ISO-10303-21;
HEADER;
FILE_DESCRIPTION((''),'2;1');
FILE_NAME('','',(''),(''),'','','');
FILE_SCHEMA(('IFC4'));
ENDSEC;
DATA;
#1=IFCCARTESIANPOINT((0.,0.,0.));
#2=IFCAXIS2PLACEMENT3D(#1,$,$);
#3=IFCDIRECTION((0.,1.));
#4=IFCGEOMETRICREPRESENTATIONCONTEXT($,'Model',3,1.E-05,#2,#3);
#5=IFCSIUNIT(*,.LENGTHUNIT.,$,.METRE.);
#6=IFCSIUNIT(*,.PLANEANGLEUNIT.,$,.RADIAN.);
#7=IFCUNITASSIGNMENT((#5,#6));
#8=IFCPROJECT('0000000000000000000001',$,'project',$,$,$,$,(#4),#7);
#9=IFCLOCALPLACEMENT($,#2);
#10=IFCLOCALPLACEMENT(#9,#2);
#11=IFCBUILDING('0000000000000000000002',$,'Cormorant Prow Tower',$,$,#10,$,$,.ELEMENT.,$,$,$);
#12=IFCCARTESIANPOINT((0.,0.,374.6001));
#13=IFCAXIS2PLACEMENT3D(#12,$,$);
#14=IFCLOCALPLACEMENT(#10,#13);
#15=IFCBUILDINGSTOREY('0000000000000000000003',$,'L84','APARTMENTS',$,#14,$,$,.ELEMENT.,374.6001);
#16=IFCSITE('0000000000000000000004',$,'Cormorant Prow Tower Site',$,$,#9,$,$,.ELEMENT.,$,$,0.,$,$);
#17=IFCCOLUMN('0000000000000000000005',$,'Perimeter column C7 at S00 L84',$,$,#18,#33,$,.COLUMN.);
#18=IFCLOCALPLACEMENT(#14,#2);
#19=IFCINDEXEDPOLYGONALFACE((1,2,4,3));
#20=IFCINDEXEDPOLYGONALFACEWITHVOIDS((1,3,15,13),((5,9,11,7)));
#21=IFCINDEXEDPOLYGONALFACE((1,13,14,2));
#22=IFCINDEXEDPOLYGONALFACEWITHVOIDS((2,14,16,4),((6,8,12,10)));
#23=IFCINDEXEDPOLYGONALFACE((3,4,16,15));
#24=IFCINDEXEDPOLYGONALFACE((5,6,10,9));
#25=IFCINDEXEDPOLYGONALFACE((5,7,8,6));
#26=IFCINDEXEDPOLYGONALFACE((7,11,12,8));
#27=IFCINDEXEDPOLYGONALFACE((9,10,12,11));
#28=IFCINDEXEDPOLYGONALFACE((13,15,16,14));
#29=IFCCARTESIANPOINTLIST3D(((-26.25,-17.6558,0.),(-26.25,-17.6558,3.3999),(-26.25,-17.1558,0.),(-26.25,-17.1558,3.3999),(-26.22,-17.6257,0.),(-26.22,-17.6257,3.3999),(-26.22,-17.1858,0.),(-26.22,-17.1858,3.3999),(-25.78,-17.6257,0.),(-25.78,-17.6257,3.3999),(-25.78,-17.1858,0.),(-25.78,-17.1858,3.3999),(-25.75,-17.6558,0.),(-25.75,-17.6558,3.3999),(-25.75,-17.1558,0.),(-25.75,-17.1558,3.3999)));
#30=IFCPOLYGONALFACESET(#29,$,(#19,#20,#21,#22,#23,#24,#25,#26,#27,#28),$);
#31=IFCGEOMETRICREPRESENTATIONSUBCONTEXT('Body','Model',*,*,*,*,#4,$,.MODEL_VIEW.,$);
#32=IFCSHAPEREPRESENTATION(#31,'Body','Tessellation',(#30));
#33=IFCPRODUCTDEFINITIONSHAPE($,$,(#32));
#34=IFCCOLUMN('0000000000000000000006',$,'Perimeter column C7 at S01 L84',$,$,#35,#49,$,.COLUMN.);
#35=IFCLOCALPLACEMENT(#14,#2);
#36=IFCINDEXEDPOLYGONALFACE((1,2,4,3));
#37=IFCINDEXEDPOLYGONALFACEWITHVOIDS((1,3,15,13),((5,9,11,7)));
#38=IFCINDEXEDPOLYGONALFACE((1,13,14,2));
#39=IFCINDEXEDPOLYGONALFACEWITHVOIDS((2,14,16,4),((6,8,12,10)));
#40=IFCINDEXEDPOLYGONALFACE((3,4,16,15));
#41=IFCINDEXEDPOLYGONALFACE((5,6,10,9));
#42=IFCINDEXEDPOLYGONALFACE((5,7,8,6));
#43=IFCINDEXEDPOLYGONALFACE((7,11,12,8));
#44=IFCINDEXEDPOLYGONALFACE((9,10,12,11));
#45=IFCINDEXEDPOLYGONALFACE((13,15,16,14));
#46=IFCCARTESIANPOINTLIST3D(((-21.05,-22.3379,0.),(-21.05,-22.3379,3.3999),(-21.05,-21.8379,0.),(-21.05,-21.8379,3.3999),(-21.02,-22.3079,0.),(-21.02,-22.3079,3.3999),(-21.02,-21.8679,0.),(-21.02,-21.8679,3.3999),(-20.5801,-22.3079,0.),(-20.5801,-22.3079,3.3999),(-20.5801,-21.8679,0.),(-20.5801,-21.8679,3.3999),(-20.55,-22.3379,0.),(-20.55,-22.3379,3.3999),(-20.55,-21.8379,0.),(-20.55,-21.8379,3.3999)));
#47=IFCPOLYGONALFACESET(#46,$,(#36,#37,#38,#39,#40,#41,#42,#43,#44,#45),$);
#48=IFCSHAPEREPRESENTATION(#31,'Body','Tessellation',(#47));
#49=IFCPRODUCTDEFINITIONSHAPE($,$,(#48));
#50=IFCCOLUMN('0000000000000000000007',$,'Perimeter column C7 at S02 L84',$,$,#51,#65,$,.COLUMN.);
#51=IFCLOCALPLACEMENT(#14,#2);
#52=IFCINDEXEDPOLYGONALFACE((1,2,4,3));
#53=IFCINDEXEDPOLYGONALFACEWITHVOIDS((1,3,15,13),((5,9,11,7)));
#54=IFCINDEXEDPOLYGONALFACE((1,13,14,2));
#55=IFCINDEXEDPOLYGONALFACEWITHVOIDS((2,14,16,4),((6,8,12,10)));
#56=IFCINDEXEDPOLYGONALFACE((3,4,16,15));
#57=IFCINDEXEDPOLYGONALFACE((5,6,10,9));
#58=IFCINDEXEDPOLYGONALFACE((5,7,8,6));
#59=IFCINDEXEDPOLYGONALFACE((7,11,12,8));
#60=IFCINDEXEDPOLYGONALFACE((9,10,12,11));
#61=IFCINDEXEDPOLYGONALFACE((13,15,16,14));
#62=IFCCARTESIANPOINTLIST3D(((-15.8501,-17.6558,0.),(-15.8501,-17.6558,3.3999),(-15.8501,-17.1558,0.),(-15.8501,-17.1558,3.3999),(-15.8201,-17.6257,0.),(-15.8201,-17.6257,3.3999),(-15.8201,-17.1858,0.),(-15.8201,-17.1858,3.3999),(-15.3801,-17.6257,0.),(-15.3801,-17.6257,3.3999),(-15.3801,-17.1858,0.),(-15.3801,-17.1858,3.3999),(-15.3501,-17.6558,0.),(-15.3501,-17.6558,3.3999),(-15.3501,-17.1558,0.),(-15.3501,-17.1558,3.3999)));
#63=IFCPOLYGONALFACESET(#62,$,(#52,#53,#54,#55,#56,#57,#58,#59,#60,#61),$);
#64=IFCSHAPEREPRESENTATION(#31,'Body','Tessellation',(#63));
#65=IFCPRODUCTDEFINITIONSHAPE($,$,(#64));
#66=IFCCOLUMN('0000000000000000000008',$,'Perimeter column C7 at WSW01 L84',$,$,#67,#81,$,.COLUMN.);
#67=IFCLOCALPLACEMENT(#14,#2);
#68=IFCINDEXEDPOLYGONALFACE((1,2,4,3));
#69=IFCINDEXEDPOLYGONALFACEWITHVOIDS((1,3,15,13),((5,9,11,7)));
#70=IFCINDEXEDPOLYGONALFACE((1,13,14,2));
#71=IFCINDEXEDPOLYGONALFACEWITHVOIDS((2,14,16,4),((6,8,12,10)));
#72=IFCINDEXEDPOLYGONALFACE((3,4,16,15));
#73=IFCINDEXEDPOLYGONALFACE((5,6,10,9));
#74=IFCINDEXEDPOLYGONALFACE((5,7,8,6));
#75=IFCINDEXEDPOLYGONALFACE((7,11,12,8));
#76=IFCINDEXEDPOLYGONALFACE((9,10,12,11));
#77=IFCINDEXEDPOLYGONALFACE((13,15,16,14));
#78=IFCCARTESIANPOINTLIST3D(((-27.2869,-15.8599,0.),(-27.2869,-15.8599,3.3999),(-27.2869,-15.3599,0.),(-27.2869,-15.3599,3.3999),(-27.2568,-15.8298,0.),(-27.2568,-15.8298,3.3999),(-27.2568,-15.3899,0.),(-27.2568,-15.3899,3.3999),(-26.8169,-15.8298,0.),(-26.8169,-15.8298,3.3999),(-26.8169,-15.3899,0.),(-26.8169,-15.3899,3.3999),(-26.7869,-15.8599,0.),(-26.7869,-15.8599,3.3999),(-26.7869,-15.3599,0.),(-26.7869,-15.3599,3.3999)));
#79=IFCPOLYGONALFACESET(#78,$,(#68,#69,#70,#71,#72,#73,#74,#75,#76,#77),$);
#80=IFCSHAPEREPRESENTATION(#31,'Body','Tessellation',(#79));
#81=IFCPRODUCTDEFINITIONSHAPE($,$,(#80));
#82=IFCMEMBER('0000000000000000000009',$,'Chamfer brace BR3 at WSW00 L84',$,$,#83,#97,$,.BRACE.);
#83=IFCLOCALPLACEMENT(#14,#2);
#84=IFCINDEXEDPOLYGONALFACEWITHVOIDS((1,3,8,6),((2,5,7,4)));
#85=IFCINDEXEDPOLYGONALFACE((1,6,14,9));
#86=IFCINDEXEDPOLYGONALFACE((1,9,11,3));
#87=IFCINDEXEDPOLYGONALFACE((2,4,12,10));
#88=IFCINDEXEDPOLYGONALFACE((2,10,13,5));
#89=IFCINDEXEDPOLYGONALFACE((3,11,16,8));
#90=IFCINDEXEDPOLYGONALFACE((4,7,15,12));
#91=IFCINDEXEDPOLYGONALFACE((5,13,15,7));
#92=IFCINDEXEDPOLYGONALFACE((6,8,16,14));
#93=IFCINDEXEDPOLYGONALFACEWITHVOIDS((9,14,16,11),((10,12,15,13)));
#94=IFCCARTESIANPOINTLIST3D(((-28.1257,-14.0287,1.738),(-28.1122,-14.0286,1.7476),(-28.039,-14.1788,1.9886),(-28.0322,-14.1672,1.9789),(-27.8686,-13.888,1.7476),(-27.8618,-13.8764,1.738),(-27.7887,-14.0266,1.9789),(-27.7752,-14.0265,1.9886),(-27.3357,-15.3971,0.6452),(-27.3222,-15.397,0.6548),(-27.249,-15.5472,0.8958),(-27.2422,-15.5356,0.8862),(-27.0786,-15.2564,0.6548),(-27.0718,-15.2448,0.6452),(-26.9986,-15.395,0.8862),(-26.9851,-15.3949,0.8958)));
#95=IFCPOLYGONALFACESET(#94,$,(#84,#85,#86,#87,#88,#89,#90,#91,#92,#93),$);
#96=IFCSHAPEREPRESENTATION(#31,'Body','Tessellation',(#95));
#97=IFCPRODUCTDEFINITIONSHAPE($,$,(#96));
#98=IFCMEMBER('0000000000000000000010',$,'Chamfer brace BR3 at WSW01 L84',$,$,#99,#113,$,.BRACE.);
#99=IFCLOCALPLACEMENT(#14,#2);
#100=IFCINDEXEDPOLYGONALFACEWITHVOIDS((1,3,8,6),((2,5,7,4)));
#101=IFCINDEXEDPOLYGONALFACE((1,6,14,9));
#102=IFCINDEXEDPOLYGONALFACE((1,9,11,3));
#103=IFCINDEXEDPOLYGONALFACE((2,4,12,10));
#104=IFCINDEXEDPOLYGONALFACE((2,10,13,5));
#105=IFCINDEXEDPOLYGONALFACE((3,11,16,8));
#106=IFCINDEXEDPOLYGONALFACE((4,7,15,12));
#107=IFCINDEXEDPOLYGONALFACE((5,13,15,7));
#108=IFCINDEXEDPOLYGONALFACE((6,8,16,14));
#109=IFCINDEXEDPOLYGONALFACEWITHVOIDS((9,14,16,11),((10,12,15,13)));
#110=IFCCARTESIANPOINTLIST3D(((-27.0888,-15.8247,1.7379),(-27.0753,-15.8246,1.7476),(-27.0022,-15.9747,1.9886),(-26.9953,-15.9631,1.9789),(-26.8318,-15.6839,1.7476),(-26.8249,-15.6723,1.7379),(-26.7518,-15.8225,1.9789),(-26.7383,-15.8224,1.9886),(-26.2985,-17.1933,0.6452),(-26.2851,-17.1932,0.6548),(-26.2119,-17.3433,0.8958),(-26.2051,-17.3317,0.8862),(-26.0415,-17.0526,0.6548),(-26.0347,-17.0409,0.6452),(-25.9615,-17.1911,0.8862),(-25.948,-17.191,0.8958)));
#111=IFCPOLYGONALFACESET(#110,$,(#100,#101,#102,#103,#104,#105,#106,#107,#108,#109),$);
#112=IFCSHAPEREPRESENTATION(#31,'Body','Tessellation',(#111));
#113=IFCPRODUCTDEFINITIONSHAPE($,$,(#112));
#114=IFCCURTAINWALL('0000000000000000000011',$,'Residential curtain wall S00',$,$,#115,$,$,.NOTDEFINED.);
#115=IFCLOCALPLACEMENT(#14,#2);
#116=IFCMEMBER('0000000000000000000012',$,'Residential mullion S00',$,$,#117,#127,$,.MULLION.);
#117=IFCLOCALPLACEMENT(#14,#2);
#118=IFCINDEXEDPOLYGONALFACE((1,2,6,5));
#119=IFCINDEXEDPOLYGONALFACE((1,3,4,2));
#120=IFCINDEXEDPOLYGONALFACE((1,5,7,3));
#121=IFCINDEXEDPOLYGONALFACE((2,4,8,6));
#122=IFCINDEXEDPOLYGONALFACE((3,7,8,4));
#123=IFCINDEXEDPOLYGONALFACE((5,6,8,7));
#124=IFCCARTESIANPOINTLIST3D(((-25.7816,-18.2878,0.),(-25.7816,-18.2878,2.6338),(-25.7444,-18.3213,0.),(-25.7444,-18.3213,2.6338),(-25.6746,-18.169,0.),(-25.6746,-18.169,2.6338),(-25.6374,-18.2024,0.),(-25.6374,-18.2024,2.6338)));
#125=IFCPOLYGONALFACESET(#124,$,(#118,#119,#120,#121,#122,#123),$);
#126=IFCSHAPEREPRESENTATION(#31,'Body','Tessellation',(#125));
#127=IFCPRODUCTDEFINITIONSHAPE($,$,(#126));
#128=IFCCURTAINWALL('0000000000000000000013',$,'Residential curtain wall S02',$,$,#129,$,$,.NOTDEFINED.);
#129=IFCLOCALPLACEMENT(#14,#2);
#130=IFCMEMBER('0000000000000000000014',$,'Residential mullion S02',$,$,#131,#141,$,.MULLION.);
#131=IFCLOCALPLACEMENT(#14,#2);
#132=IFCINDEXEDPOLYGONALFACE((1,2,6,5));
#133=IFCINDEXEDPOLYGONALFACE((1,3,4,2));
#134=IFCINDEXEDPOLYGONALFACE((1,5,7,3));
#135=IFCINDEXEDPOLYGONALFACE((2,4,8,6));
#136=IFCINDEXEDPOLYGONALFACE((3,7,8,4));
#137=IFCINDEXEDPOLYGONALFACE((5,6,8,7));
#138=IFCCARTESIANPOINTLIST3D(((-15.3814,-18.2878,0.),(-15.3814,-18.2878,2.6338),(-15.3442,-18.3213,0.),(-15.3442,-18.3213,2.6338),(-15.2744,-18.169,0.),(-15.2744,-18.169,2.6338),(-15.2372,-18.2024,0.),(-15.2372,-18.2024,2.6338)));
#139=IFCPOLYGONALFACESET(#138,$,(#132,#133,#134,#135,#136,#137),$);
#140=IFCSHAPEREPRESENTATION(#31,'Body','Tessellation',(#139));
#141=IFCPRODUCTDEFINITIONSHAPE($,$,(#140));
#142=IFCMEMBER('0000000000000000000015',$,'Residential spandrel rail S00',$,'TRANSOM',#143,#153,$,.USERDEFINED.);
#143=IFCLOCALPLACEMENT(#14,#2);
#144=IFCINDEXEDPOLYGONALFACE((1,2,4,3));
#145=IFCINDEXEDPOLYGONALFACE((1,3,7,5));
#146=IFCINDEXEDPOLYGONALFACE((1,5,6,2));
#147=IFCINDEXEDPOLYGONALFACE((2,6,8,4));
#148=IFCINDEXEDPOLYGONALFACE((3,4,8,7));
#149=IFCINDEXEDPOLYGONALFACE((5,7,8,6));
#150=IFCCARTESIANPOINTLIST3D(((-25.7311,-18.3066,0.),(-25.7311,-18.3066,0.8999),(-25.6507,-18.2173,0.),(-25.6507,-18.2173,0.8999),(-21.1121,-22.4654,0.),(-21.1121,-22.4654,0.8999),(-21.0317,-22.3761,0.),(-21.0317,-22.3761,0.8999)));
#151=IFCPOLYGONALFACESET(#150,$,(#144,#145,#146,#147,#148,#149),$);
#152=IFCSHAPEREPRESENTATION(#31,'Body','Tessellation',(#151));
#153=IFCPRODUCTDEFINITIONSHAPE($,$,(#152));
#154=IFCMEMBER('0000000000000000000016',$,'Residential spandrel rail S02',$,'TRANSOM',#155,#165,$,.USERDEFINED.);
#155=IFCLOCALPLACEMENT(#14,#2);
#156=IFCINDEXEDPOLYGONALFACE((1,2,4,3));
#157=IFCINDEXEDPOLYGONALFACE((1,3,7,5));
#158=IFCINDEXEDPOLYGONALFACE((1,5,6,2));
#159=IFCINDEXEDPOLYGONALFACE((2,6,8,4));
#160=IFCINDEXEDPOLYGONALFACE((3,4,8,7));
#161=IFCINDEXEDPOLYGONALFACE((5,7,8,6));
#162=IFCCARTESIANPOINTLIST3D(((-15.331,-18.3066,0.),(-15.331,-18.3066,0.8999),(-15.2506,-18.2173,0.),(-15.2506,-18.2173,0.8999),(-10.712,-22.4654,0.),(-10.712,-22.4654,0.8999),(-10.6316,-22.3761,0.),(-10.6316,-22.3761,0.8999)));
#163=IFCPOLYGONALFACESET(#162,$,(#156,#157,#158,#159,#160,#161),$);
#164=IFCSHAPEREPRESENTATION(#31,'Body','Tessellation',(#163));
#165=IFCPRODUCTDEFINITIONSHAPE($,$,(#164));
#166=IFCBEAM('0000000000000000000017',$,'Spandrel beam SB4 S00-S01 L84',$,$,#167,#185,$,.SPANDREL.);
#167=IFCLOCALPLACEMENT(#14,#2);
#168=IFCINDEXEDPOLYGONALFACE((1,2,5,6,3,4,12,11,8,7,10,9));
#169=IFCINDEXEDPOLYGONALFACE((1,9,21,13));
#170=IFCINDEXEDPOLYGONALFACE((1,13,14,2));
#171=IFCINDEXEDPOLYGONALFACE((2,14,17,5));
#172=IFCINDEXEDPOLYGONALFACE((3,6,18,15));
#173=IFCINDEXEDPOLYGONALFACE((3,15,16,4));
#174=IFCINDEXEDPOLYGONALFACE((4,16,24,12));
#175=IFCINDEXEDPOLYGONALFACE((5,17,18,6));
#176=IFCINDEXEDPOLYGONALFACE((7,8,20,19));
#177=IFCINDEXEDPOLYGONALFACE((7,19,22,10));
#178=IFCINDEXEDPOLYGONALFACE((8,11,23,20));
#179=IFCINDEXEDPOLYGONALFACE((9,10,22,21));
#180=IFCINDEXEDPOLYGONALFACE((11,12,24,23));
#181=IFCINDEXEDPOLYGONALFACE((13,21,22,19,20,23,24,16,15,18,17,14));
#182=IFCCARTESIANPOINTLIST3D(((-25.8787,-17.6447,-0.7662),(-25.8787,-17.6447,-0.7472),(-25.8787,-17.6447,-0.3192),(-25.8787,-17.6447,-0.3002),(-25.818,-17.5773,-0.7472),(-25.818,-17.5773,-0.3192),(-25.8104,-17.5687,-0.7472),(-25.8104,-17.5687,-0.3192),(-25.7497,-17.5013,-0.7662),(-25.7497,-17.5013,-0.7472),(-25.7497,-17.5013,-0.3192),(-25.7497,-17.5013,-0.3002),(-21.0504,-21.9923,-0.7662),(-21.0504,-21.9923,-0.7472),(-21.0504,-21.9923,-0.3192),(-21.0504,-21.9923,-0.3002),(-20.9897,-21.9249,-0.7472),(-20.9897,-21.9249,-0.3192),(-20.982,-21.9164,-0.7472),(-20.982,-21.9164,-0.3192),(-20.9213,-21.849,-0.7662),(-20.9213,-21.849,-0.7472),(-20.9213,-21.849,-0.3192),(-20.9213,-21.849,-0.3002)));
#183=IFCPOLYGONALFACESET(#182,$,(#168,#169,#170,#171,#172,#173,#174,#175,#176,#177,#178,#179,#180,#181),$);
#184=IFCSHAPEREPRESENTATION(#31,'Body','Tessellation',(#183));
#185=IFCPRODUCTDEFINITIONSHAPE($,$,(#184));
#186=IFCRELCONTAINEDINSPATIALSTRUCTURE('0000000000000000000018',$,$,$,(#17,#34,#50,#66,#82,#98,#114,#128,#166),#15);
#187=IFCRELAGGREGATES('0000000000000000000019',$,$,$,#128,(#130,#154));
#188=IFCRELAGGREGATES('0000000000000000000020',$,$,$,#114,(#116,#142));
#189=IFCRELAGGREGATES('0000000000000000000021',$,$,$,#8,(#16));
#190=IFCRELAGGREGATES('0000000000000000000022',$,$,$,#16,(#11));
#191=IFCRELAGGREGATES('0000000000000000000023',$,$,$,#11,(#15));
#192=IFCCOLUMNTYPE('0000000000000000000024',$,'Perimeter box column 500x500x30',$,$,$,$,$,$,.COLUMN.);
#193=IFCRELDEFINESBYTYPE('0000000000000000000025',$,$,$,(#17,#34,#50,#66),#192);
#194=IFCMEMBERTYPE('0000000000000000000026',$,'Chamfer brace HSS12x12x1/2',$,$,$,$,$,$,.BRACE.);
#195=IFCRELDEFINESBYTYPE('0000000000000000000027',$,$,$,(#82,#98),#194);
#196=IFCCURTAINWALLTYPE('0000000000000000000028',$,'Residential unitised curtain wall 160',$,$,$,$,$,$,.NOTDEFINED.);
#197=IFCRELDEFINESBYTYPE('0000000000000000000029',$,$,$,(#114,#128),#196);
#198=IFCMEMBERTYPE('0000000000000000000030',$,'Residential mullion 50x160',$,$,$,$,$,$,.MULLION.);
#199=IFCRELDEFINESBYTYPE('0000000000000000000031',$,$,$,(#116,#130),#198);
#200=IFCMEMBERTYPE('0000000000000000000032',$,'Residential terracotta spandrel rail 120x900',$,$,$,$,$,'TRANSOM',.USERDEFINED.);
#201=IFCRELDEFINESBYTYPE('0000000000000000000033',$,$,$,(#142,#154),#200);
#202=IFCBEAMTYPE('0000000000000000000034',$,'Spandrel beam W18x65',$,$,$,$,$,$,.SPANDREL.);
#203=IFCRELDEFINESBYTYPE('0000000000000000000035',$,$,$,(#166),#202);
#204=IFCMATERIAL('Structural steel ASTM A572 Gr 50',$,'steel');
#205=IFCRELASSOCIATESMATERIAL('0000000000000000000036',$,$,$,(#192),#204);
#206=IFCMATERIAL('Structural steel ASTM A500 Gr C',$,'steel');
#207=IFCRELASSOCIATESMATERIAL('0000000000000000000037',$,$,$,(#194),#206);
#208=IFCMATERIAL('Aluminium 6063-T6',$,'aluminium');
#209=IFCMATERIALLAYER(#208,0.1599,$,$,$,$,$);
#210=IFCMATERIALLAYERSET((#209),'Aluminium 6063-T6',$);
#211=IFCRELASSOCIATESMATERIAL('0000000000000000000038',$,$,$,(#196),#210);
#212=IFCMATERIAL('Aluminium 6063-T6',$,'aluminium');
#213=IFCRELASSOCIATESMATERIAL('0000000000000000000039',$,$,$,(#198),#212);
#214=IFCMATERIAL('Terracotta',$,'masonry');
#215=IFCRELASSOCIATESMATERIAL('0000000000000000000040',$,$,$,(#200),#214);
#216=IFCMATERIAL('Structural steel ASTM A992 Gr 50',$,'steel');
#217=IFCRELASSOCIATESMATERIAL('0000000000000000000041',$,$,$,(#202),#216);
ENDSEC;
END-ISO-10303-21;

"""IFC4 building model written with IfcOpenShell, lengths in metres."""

from ifc_helpers import new_model, si_unit, direction, frame, origin, origin_2d, place, context, subcontext, project, spatial, rectangle, hollow_rectangle, i_section, extrude, material, layer, layer_set, material_profile, profile_set, type_object, element, aggregate, save


model = new_model("IFC4")

# Units and contexts
model_context = context("Model", 3, precision=1e-05, world=origin(), true_north=direction((0.0, 1.0)))
body_context = subcontext(model_context, "Body", "Model", "MODEL_VIEW")
ifc_project = project(units=[si_unit("LENGTHUNIT", "METRE"), si_unit("PLANEANGLEUNIT", "RADIAN")], contexts=[model_context])

# Site, building, storey
site_placement = place(None, origin())
site = spatial("IfcSite", under=ifc_project, at=site_placement, Name="Cormorant Prow Tower Site", CompositionType="ELEMENT", RefElevation=0.0)
building_placement = place(site_placement, origin())
building = spatial("IfcBuilding", under=site, at=building_placement, Name="Cormorant Prow Tower", CompositionType="ELEMENT")
storey_placement = place(building_placement, frame((0.0, 0.0, 374.6001)))
storey = spatial("IfcBuildingStorey", under=building, at=storey_placement, Name="L84", Description="APARTMENTS", CompositionType="ELEMENT", Elevation=374.6001)

# Columns
ifc_material_1 = material(Name="Structural steel ASTM A572 Gr 50", Category="steel")
ifc_material_profile_1 = material_profile(ifc_material_1, hollow_rectangle(XDim=0.5, YDim=0.5, WallThickness=0.03, at=origin_2d()), Name="Box 500x500x30")
ifc_profile_set_1 = profile_set([ifc_material_profile_1], Name="Structural steel ASTM A572 Gr 50")
column_type = type_object("IfcColumnType", Name="Perimeter box column 500x500x30", PredefinedType="COLUMN", material=ifc_profile_set_1)
for number, where, z_axis, x_axis, name in (
    (1, (-26.0, -17.4058, 0.0), (0.0, 0.0, 1.0), (1.0, 0.0, 0.0), "Perimeter column C7 at S00 L84"),
    (2, (-20.8, -22.0879, 0.0), (0.0, 0.0, 1.0), (1.0, 0.0, 0.0), "Perimeter column C7 at S01 L84"),
    (3, (-15.6001, -17.4058, 0.0), (0.0, 0.0, 1.0), (1.0, 0.0, 0.0), "Perimeter column C7 at S02 L84"),
    (4, (-27.0369, -15.6099, 0.0), (0.0, 0.0, 1.0), (1.0, 0.0, 0.0), "Perimeter column C7 at WSW01 L84"),
):
    element("IfcColumn", number, at=place(storey_placement, frame(where, z_axis=z_axis, x_axis=x_axis)), inside=storey, type_object=column_type, Name=name, PredefinedType="COLUMN", context=body_context, shape_type="SweptSolid", body=[
        extrude(hollow_rectangle(XDim=0.5, YDim=0.5, WallThickness=0.03, at=origin_2d()), origin(), (0.0, 0.0, 1.0), 3.3999),
    ])

# Members
ifc_material_2 = material(Name="Structural steel ASTM A500 Gr C", Category="steel")
ifc_material_profile_2 = material_profile(ifc_material_2, hollow_rectangle(XDim=0.3047, YDim=0.3047, WallThickness=0.0117, at=origin_2d()), Name="HSS12x12x1/2")
ifc_profile_set_2 = profile_set([ifc_material_profile_2], Name="Structural steel ASTM A500 Gr C")
member_type_1 = type_object("IfcMemberType", Name="Chamfer brace HSS12x12x1/2", PredefinedType="BRACE", material=ifc_profile_set_2)
member_1_placement = place(storey_placement, frame((-27.1604, -15.396, 0.7705), z_axis=(-0.41123, 0.712282, 0.568809), x_axis=(-0.866029, -0.499994, 0.0)))
element("IfcMember", 5, at=member_1_placement, inside=storey, type_object=member_type_1, Name="Chamfer brace BR3 at WSW00 L84", PredefinedType="BRACE", context=body_context, shape_type="SweptSolid", body=[
    extrude(hollow_rectangle(XDim=0.3047, YDim=0.3047, WallThickness=0.0117, at=origin_2d()), origin(), (0.0, 0.0, 1.0), 1.9211),
])
member_2_placement = place(storey_placement, frame((-26.1233, -17.1921, 0.7705), z_axis=(-0.411299, 0.712308, 0.568728), x_axis=(-0.866, -0.500043, 0.0)))
element("IfcMember", 6, at=member_2_placement, inside=storey, type_object=member_type_1, Name="Chamfer brace BR3 at WSW01 L84", PredefinedType="BRACE", context=body_context, shape_type="SweptSolid", body=[
    extrude(hollow_rectangle(XDim=0.3047, YDim=0.3047, WallThickness=0.0117, at=origin_2d()), origin(), (0.0, 0.0, 1.0), 1.9214),
])

# Curtain walls, members
ifc_material_3 = material(Name="Aluminium 6063-T6", Category="aluminium")
ifc_layer_1 = layer(ifc_material_3, 0.1599)
ifc_layer_set_1 = layer_set([ifc_layer_1], Name="Aluminium 6063-T6")
curtain_wall_type = type_object("IfcCurtainWallType", Name="Residential unitised curtain wall 160", PredefinedType="NOTDEFINED", material=ifc_layer_set_1)
curtain_wall_1_placement = place(storey_placement, origin())
curtain_wall_1 = element("IfcCurtainWall", 7, at=curtain_wall_1_placement, inside=storey, type_object=curtain_wall_type, Name="Residential curtain wall S00", PredefinedType="NOTDEFINED")
ifc_material_4 = material(Name="Aluminium 6063-T6", Category="aluminium")
ifc_material_profile_3 = material_profile(ifc_material_4, rectangle(XDim=0.1599, YDim=0.05, at=origin_2d()), Name="Residential mullion 50x160")
ifc_profile_set_3 = profile_set([ifc_material_profile_3], Name="Aluminium 6063-T6")
member_type_2 = type_object("IfcMemberType", Name="Residential mullion 50x160", PredefinedType="MULLION", material=ifc_profile_set_3)
member_3_placement = place(storey_placement, frame((-25.7095, -18.2451, 0.0), z_axis=(0.0, 0.0, 1.0), x_axis=(0.669131, 0.743145, 0.0)))
member_3 = element("IfcMember", 8, at=member_3_placement, type_object=member_type_2, Name="Residential mullion S00", PredefinedType="MULLION", context=body_context, shape_type="SweptSolid", body=[
    extrude(rectangle(XDim=0.1599, YDim=0.05, at=origin_2d()), origin(), (0.0, 0.0, 1.0), 2.6338),
])
curtain_wall_2_placement = place(storey_placement, origin())
curtain_wall_2 = element("IfcCurtainWall", 9, at=curtain_wall_2_placement, inside=storey, type_object=curtain_wall_type, Name="Residential curtain wall S02", PredefinedType="NOTDEFINED")
member_4_placement = place(storey_placement, frame((-15.3093, -18.2451, 0.0), z_axis=(0.0, 0.0, 1.0), x_axis=(0.669131, 0.743145, 0.0)))
member_4 = element("IfcMember", 10, at=member_4_placement, type_object=member_type_2, Name="Residential mullion S02", PredefinedType="MULLION", context=body_context, shape_type="SweptSolid", body=[
    extrude(rectangle(XDim=0.1599, YDim=0.05, at=origin_2d()), origin(), (0.0, 0.0, 1.0), 2.6338),
])

# Members
ifc_material_5 = material(Name="Terracotta", Category="masonry")
ifc_material_profile_4 = material_profile(ifc_material_5, rectangle(XDim=0.1201, YDim=0.8999, at=origin_2d()), Name="Residential terracotta spandrel rail 120x900")
ifc_profile_set_4 = profile_set([ifc_material_profile_4], Name="Terracotta")
member_type_3 = type_object("IfcMemberType", Name="Residential terracotta spandrel rail 120x900", ElementType="TRANSOM", PredefinedType="USERDEFINED", material=ifc_profile_set_4)
member_5_placement = place(storey_placement, frame((-25.6909, -18.262, 0.45), z_axis=(0.743159, -0.669114, 0.0), x_axis=(0.669114, 0.743159, 0.0)))
member_5 = element("IfcMember", 11, at=member_5_placement, type_object=member_type_3, Name="Residential spandrel rail S00", ObjectType="TRANSOM", PredefinedType="USERDEFINED", context=body_context, shape_type="SweptSolid", body=[
    extrude(rectangle(XDim=0.1201, YDim=0.8999, at=origin_2d()), origin(), (0.0, 0.0, 1.0), 6.2153),
])
member_6_placement = place(storey_placement, frame((-15.2908, -18.262, 0.45), z_axis=(0.743159, -0.669114, 0.0), x_axis=(0.669114, 0.743159, 0.0)))
member_6 = element("IfcMember", 12, at=member_6_placement, type_object=member_type_3, Name="Residential spandrel rail S02", ObjectType="TRANSOM", PredefinedType="USERDEFINED", context=body_context, shape_type="SweptSolid", body=[
    extrude(rectangle(XDim=0.1201, YDim=0.8999, at=origin_2d()), origin(), (0.0, 0.0, 1.0), 6.2153),
])
aggregate(curtain_wall_2, [member_4, member_6])

# Beam
ifc_material_6 = material(Name="Structural steel ASTM A992 Gr 50", Category="steel")
ifc_material_profile_5 = material_profile(ifc_material_6, i_section(OverallWidth=0.1929, OverallDepth=0.4661, WebThickness=0.0115, FlangeThickness=0.019, at=origin_2d()), Name="W18x65")
ifc_profile_set_5 = profile_set([ifc_material_profile_5], Name="Structural steel ASTM A992 Gr 50")
beam_type = type_object("IfcBeamType", Name="Spandrel beam W18x65", PredefinedType="SPANDREL", material=ifc_profile_set_5)
for number, where, z_axis, x_axis, name in (
    (13, (-25.8142, -17.573, -0.5332), (0.743132, -0.669145, 0.0), (0.669145, 0.743132, 0.0), "Spandrel beam SB4 S00-S01 L84"),
):
    element("IfcBeam", number, at=place(storey_placement, frame(where, z_axis=z_axis, x_axis=x_axis)), inside=storey, type_object=beam_type, Name=name, PredefinedType="SPANDREL", context=body_context, shape_type="SweptSolid", body=[
        extrude(i_section(OverallWidth=0.1929, OverallDepth=0.4661, WebThickness=0.0115, FlangeThickness=0.019, at=origin_2d()), origin(), (0.0, 0.0, 1.0), 6.4973),
    ])

aggregate(curtain_wall_1, [member_3, member_5])

save(model, "model.ifc")
